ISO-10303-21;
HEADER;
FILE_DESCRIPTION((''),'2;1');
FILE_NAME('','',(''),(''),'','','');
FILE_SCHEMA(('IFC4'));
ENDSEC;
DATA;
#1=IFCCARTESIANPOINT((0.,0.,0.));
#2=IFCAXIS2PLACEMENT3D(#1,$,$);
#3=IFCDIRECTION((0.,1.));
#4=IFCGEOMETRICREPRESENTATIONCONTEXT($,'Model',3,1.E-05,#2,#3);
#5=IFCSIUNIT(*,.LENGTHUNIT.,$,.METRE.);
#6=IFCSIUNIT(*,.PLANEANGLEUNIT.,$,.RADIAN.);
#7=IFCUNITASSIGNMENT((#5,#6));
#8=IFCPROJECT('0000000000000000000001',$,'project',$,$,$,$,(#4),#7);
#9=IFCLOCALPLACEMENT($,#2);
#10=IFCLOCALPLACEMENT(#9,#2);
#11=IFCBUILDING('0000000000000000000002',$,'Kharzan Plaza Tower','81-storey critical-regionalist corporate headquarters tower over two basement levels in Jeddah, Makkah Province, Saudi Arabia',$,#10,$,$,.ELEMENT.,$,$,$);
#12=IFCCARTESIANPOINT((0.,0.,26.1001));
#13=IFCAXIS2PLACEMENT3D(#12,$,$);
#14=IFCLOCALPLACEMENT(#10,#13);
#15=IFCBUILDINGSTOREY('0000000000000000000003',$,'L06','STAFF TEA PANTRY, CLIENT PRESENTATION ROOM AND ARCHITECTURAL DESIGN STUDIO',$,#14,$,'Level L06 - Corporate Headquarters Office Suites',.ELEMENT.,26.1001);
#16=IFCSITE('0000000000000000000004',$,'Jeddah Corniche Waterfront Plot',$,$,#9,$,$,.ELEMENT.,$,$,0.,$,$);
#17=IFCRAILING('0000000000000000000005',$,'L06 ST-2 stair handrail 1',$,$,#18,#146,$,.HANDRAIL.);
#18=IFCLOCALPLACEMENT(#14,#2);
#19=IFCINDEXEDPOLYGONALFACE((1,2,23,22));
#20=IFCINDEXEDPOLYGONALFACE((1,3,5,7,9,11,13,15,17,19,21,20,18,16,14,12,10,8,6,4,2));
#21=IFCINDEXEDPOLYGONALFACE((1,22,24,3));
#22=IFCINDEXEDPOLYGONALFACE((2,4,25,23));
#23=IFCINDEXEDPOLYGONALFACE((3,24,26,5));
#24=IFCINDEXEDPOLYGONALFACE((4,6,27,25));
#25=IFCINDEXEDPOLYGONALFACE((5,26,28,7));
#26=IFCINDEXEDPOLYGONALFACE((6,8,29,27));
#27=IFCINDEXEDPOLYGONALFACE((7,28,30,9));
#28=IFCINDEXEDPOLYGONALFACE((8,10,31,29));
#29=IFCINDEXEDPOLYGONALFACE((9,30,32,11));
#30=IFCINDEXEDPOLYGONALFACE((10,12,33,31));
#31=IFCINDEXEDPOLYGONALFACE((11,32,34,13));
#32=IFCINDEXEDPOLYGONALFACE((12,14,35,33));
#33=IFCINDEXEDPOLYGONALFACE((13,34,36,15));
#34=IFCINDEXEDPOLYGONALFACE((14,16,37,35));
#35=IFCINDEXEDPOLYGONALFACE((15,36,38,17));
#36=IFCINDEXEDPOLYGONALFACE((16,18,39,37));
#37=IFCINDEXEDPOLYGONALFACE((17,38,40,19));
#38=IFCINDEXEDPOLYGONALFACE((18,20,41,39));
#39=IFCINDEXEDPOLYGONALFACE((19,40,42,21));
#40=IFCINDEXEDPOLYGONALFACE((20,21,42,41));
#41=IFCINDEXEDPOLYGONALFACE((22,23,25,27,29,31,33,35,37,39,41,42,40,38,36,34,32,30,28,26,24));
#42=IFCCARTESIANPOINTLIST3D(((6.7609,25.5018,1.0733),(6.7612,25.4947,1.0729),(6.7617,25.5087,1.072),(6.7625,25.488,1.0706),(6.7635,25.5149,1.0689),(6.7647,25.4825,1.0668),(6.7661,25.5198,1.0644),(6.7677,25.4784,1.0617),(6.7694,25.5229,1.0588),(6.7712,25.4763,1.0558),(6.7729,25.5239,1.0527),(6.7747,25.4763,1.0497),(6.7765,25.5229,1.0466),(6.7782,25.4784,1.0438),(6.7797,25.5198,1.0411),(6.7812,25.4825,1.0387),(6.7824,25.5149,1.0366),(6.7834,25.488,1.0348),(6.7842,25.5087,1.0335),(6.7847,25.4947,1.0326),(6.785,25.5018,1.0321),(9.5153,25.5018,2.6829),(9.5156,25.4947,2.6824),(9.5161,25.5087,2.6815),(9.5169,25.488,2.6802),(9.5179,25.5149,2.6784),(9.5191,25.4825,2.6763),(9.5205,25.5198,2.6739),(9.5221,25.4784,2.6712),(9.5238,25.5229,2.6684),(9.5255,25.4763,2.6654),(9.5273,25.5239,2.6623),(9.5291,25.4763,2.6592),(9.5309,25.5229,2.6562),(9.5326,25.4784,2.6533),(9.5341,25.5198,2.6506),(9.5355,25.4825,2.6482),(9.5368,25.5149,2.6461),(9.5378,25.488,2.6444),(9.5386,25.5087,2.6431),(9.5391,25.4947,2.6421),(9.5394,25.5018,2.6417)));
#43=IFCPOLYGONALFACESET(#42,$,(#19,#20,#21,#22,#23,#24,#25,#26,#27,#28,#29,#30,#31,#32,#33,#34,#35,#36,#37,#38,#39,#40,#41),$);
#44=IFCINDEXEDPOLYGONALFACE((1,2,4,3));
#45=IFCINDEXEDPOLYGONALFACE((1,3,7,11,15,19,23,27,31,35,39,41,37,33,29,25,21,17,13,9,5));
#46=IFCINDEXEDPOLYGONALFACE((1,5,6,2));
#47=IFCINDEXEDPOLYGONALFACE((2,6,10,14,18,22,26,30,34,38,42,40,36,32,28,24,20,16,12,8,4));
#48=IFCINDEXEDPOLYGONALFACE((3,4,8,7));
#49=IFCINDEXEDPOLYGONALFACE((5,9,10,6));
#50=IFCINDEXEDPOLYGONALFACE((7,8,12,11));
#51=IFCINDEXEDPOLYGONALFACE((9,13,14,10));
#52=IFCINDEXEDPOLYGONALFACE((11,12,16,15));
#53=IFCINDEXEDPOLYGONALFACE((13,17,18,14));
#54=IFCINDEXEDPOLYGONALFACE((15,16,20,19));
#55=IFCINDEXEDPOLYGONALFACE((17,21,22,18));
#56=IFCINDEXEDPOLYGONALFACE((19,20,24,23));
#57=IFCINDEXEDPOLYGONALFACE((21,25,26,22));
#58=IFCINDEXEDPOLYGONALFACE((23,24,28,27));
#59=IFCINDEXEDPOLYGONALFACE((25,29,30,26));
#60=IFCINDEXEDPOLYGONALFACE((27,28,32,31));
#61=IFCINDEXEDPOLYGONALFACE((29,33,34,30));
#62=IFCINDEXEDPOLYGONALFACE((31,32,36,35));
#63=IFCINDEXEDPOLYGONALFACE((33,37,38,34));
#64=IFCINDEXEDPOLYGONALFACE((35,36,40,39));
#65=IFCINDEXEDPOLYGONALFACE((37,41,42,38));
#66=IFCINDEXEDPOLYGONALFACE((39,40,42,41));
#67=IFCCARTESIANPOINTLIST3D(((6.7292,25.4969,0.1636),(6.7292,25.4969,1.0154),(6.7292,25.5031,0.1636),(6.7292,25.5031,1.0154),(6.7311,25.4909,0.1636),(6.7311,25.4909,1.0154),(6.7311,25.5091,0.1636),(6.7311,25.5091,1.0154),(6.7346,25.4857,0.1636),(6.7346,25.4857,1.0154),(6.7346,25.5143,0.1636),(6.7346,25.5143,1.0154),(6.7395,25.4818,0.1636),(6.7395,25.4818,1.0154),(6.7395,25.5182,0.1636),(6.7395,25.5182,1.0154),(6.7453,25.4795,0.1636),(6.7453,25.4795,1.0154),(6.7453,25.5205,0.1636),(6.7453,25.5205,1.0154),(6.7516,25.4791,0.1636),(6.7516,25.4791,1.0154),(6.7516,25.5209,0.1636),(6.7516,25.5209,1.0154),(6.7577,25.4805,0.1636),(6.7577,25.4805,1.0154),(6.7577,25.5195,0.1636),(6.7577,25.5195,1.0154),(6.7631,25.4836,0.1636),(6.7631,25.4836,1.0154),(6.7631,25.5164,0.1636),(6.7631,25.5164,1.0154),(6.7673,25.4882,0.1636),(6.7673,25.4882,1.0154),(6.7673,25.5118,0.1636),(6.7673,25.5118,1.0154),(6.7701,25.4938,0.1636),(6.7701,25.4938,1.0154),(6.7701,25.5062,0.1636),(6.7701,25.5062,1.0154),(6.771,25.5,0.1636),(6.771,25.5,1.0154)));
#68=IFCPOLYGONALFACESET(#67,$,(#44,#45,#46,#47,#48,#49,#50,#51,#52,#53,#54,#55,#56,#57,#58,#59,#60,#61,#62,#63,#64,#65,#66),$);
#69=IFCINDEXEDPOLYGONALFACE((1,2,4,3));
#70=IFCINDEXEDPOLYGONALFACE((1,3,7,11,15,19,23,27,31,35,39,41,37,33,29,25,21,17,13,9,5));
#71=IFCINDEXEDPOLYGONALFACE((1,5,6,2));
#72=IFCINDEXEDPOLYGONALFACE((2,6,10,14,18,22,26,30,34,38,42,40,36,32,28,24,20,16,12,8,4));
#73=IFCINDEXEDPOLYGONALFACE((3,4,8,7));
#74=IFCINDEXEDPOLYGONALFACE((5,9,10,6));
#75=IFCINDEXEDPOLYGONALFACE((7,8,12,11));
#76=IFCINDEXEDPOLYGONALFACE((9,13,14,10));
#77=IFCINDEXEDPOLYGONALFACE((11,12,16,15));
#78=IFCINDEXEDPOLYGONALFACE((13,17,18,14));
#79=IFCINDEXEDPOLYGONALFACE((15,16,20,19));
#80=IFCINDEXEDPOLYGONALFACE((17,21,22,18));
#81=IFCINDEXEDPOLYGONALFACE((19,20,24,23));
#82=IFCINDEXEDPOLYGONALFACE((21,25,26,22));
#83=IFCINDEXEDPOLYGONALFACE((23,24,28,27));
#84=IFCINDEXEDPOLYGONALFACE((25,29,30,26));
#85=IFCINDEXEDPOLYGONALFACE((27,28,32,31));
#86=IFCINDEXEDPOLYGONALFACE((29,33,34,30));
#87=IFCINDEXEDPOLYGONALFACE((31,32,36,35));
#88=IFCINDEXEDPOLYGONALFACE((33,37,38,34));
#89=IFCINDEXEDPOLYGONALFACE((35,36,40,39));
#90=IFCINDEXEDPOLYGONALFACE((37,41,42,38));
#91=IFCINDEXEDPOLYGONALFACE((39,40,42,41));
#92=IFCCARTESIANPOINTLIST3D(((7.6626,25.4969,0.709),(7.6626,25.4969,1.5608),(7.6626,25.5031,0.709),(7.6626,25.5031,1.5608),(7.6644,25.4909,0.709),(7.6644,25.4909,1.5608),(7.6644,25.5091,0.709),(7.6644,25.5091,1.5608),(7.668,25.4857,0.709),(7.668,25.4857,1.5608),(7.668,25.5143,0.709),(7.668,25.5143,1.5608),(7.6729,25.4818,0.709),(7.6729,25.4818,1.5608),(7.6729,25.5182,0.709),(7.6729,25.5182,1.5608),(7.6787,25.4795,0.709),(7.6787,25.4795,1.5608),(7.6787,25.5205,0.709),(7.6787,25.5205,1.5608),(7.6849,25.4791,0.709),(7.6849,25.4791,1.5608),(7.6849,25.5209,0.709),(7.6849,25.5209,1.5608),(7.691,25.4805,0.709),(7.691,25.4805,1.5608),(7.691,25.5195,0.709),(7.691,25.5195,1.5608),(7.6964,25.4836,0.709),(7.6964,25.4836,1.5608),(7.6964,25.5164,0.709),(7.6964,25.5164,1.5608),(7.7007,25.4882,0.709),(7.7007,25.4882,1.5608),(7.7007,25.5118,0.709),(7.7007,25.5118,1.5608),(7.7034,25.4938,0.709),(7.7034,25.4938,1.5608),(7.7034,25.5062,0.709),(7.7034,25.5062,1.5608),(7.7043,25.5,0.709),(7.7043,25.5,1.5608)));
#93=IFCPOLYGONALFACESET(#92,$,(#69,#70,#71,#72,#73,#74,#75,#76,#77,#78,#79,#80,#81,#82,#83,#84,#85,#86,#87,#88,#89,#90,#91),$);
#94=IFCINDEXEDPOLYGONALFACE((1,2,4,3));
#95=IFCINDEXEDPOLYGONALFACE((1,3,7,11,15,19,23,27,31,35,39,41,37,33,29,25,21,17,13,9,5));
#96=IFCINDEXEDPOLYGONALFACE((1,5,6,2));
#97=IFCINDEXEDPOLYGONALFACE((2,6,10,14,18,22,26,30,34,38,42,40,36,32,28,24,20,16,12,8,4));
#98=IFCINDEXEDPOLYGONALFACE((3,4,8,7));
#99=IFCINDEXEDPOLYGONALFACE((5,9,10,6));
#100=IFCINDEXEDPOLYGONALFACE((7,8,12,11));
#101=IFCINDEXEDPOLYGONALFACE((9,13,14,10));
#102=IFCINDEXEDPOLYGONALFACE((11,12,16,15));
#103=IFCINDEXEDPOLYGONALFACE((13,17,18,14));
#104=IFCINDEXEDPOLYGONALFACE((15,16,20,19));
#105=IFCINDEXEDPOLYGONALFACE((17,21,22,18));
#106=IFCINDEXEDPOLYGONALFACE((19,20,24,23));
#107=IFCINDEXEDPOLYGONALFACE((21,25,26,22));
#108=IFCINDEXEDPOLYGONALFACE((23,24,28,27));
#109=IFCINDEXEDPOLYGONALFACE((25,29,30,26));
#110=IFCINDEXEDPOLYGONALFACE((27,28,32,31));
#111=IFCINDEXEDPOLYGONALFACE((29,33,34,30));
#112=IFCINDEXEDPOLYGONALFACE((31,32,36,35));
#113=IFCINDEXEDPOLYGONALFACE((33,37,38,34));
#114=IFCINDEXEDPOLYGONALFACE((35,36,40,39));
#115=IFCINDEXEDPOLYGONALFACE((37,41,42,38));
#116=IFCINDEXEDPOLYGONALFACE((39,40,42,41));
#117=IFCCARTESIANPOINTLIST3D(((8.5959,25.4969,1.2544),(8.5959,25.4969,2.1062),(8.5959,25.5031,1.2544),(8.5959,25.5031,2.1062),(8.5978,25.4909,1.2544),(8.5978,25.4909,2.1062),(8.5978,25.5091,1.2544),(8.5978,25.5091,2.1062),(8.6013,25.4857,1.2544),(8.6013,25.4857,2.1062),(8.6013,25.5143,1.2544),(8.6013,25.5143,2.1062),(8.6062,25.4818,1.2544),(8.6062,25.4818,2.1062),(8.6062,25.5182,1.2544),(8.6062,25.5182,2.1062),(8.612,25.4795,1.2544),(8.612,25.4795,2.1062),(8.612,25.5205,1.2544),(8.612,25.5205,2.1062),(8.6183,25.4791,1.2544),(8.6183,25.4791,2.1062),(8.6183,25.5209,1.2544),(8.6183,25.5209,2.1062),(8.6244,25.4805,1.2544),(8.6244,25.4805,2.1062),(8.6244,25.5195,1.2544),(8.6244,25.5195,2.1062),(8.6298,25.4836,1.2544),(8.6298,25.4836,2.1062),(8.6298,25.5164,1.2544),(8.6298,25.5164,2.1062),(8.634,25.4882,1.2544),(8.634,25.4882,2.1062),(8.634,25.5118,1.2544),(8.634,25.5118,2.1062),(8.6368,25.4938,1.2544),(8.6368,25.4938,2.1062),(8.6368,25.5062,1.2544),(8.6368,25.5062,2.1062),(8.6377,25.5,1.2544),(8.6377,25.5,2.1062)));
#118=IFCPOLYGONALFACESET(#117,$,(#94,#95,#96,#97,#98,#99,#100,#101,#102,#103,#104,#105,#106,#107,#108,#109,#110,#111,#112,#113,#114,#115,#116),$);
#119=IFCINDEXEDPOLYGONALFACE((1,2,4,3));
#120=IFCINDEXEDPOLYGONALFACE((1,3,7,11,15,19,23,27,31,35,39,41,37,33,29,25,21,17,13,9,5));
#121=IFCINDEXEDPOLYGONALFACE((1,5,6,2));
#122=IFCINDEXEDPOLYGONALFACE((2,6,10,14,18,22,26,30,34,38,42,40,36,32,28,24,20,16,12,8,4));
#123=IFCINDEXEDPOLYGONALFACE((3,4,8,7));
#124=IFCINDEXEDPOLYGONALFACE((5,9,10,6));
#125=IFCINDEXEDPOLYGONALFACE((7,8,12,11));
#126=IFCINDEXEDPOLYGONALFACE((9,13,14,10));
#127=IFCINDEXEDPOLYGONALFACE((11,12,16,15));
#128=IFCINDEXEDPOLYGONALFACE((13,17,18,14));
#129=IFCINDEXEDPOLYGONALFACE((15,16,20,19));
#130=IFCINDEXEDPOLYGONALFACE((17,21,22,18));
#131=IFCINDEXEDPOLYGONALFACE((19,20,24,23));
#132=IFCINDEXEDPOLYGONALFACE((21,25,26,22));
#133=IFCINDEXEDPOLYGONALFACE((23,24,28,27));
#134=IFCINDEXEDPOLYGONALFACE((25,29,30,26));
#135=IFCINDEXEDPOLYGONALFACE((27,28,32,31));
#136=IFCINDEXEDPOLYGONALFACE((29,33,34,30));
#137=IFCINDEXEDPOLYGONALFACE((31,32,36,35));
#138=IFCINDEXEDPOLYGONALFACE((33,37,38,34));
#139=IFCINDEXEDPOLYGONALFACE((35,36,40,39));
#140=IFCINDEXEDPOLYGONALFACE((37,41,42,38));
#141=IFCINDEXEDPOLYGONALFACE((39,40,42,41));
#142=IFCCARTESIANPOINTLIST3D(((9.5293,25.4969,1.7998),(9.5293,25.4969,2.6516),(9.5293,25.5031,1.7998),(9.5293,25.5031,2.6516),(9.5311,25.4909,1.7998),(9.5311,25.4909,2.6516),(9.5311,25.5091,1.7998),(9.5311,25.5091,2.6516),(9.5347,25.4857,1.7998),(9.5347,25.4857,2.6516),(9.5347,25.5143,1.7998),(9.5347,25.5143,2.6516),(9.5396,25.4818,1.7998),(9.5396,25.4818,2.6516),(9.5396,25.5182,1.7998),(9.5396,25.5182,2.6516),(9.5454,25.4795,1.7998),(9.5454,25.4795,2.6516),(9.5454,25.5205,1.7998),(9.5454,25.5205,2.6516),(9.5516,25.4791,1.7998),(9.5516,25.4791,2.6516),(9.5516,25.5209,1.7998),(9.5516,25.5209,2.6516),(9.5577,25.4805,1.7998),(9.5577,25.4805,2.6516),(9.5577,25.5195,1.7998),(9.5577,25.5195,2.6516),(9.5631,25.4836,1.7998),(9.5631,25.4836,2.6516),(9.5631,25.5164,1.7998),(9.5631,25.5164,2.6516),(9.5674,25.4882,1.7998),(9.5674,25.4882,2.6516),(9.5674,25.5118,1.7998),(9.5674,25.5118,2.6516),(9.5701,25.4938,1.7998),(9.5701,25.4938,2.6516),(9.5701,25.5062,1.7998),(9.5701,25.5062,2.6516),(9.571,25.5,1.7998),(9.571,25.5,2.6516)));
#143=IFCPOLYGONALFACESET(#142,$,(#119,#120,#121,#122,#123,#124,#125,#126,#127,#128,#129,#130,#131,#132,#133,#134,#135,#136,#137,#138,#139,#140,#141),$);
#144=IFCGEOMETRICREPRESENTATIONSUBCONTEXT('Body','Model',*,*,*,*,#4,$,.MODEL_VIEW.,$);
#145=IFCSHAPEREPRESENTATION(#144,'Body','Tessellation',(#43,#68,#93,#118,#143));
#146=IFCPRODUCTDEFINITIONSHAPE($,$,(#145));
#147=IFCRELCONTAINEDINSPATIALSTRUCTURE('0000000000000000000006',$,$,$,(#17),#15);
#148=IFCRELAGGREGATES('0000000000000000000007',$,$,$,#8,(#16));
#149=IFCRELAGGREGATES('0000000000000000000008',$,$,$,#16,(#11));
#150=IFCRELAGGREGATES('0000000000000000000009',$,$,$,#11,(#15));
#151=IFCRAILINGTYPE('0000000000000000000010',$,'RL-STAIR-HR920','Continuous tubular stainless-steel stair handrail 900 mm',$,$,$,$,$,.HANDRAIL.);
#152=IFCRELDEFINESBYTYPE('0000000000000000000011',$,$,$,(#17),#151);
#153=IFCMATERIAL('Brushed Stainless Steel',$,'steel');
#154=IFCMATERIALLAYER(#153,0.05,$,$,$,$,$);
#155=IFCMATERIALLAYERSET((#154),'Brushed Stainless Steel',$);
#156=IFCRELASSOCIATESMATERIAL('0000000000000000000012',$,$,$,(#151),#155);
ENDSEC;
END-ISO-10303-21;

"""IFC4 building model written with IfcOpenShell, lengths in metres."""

from ifc_helpers import new_model, si_unit, direction, frame, origin, origin_2d, place, context, subcontext, project, spatial, circle, extrude, source, transform, mapped, material, layer, layer_set, type_object, element, save


model = new_model("IFC4")

# Units and contexts
model_context = context("Model", 3, precision=1e-05, world=origin(), true_north=direction((0.0, 1.0)))
body_context = subcontext(model_context, "Body", "Model", "MODEL_VIEW")
ifc_project = project(units=[si_unit("LENGTHUNIT", "METRE"), si_unit("PLANEANGLEUNIT", "RADIAN")], contexts=[model_context])

# Site, building, storey
site_placement = place(None, origin())
site = spatial("IfcSite", under=ifc_project, at=site_placement, Name="Jeddah Corniche Waterfront Plot", CompositionType="ELEMENT", RefElevation=0.0)
building_placement = place(site_placement, origin())
building = spatial("IfcBuilding", under=site, at=building_placement, Name="Kharzan Plaza Tower", Description="81-storey critical-regionalist corporate headquarters tower over two basement levels in Jeddah, Makkah Province, Saudi Arabia", CompositionType="ELEMENT")
storey_placement = place(building_placement, frame((0.0, 0.0, 26.1001)))
storey = spatial("IfcBuildingStorey", under=building, at=storey_placement, Name="L06", Description="STAFF TEA PANTRY, CLIENT PRESENTATION ROOM AND ARCHITECTURAL DESIGN STUDIO", LongName="Level L06 - Corporate Headquarters Office Suites", CompositionType="ELEMENT", Elevation=26.1001)

# Shared definitions
ifc_material_1 = material(Name="Brushed Stainless Steel", Category="steel")

# Railing
ifc_layer_1 = layer(ifc_material_1, 0.05)
ifc_layer_set_1 = layer_set([ifc_layer_1], Name="Brushed Stainless Steel")
railing_type_1 = type_object("IfcRailingType", Name="RL-STAIR-HR920", Description="Continuous tubular stainless-steel stair handrail 900 mm", PredefinedType="HANDRAIL", material=ifc_layer_set_1)
shared_shape_1 = source(origin(), body_context, "Body", "SweptSolid", [
    extrude(circle(Radius=0.0239, at=origin_2d()), frame((0.0229, 0.0, 0.8892), z_axis=(0.863394, 0.0, 0.504531), x_axis=(0.0, 1.0, 0.0)), (0.0, 0.0, 1.0), 3.1902),
    extrude(circle(Radius=0.021, at=origin_2d()), origin(), (0.0, 0.0, 1.0), 0.8518),
    extrude(circle(Radius=0.021, at=origin_2d()), frame((0.9333, 0.0, 0.5454)), (0.0, 0.0, 1.0), 0.8518),
    extrude(circle(Radius=0.021, at=origin_2d()), frame((1.8667, 0.0, 1.0908)), (0.0, 0.0, 1.0), 0.8518),
    extrude(circle(Radius=0.021, at=origin_2d()), frame((2.8, 0.0, 1.6362)), (0.0, 0.0, 1.0), 0.8518),
])
railing_1_placement = place(storey_placement, frame((6.75, 25.5, 0.1636)))
element("IfcRailing", 1, at=railing_1_placement, inside=storey, type_object=railing_type_1, Name="L06 ST-2 stair handrail 1", PredefinedType="HANDRAIL", context=body_context, shape_type="MappedRepresentation", body=[
    mapped(shared_shape_1, transform((0.0, 0.0, 0.0), x_axis=(1.0, 0.0, 0.0), y_axis=(0.0, 1.0, 0.0), z_axis=(0.0, 0.0, 1.0))),
])

save(model, "model.ifc")
